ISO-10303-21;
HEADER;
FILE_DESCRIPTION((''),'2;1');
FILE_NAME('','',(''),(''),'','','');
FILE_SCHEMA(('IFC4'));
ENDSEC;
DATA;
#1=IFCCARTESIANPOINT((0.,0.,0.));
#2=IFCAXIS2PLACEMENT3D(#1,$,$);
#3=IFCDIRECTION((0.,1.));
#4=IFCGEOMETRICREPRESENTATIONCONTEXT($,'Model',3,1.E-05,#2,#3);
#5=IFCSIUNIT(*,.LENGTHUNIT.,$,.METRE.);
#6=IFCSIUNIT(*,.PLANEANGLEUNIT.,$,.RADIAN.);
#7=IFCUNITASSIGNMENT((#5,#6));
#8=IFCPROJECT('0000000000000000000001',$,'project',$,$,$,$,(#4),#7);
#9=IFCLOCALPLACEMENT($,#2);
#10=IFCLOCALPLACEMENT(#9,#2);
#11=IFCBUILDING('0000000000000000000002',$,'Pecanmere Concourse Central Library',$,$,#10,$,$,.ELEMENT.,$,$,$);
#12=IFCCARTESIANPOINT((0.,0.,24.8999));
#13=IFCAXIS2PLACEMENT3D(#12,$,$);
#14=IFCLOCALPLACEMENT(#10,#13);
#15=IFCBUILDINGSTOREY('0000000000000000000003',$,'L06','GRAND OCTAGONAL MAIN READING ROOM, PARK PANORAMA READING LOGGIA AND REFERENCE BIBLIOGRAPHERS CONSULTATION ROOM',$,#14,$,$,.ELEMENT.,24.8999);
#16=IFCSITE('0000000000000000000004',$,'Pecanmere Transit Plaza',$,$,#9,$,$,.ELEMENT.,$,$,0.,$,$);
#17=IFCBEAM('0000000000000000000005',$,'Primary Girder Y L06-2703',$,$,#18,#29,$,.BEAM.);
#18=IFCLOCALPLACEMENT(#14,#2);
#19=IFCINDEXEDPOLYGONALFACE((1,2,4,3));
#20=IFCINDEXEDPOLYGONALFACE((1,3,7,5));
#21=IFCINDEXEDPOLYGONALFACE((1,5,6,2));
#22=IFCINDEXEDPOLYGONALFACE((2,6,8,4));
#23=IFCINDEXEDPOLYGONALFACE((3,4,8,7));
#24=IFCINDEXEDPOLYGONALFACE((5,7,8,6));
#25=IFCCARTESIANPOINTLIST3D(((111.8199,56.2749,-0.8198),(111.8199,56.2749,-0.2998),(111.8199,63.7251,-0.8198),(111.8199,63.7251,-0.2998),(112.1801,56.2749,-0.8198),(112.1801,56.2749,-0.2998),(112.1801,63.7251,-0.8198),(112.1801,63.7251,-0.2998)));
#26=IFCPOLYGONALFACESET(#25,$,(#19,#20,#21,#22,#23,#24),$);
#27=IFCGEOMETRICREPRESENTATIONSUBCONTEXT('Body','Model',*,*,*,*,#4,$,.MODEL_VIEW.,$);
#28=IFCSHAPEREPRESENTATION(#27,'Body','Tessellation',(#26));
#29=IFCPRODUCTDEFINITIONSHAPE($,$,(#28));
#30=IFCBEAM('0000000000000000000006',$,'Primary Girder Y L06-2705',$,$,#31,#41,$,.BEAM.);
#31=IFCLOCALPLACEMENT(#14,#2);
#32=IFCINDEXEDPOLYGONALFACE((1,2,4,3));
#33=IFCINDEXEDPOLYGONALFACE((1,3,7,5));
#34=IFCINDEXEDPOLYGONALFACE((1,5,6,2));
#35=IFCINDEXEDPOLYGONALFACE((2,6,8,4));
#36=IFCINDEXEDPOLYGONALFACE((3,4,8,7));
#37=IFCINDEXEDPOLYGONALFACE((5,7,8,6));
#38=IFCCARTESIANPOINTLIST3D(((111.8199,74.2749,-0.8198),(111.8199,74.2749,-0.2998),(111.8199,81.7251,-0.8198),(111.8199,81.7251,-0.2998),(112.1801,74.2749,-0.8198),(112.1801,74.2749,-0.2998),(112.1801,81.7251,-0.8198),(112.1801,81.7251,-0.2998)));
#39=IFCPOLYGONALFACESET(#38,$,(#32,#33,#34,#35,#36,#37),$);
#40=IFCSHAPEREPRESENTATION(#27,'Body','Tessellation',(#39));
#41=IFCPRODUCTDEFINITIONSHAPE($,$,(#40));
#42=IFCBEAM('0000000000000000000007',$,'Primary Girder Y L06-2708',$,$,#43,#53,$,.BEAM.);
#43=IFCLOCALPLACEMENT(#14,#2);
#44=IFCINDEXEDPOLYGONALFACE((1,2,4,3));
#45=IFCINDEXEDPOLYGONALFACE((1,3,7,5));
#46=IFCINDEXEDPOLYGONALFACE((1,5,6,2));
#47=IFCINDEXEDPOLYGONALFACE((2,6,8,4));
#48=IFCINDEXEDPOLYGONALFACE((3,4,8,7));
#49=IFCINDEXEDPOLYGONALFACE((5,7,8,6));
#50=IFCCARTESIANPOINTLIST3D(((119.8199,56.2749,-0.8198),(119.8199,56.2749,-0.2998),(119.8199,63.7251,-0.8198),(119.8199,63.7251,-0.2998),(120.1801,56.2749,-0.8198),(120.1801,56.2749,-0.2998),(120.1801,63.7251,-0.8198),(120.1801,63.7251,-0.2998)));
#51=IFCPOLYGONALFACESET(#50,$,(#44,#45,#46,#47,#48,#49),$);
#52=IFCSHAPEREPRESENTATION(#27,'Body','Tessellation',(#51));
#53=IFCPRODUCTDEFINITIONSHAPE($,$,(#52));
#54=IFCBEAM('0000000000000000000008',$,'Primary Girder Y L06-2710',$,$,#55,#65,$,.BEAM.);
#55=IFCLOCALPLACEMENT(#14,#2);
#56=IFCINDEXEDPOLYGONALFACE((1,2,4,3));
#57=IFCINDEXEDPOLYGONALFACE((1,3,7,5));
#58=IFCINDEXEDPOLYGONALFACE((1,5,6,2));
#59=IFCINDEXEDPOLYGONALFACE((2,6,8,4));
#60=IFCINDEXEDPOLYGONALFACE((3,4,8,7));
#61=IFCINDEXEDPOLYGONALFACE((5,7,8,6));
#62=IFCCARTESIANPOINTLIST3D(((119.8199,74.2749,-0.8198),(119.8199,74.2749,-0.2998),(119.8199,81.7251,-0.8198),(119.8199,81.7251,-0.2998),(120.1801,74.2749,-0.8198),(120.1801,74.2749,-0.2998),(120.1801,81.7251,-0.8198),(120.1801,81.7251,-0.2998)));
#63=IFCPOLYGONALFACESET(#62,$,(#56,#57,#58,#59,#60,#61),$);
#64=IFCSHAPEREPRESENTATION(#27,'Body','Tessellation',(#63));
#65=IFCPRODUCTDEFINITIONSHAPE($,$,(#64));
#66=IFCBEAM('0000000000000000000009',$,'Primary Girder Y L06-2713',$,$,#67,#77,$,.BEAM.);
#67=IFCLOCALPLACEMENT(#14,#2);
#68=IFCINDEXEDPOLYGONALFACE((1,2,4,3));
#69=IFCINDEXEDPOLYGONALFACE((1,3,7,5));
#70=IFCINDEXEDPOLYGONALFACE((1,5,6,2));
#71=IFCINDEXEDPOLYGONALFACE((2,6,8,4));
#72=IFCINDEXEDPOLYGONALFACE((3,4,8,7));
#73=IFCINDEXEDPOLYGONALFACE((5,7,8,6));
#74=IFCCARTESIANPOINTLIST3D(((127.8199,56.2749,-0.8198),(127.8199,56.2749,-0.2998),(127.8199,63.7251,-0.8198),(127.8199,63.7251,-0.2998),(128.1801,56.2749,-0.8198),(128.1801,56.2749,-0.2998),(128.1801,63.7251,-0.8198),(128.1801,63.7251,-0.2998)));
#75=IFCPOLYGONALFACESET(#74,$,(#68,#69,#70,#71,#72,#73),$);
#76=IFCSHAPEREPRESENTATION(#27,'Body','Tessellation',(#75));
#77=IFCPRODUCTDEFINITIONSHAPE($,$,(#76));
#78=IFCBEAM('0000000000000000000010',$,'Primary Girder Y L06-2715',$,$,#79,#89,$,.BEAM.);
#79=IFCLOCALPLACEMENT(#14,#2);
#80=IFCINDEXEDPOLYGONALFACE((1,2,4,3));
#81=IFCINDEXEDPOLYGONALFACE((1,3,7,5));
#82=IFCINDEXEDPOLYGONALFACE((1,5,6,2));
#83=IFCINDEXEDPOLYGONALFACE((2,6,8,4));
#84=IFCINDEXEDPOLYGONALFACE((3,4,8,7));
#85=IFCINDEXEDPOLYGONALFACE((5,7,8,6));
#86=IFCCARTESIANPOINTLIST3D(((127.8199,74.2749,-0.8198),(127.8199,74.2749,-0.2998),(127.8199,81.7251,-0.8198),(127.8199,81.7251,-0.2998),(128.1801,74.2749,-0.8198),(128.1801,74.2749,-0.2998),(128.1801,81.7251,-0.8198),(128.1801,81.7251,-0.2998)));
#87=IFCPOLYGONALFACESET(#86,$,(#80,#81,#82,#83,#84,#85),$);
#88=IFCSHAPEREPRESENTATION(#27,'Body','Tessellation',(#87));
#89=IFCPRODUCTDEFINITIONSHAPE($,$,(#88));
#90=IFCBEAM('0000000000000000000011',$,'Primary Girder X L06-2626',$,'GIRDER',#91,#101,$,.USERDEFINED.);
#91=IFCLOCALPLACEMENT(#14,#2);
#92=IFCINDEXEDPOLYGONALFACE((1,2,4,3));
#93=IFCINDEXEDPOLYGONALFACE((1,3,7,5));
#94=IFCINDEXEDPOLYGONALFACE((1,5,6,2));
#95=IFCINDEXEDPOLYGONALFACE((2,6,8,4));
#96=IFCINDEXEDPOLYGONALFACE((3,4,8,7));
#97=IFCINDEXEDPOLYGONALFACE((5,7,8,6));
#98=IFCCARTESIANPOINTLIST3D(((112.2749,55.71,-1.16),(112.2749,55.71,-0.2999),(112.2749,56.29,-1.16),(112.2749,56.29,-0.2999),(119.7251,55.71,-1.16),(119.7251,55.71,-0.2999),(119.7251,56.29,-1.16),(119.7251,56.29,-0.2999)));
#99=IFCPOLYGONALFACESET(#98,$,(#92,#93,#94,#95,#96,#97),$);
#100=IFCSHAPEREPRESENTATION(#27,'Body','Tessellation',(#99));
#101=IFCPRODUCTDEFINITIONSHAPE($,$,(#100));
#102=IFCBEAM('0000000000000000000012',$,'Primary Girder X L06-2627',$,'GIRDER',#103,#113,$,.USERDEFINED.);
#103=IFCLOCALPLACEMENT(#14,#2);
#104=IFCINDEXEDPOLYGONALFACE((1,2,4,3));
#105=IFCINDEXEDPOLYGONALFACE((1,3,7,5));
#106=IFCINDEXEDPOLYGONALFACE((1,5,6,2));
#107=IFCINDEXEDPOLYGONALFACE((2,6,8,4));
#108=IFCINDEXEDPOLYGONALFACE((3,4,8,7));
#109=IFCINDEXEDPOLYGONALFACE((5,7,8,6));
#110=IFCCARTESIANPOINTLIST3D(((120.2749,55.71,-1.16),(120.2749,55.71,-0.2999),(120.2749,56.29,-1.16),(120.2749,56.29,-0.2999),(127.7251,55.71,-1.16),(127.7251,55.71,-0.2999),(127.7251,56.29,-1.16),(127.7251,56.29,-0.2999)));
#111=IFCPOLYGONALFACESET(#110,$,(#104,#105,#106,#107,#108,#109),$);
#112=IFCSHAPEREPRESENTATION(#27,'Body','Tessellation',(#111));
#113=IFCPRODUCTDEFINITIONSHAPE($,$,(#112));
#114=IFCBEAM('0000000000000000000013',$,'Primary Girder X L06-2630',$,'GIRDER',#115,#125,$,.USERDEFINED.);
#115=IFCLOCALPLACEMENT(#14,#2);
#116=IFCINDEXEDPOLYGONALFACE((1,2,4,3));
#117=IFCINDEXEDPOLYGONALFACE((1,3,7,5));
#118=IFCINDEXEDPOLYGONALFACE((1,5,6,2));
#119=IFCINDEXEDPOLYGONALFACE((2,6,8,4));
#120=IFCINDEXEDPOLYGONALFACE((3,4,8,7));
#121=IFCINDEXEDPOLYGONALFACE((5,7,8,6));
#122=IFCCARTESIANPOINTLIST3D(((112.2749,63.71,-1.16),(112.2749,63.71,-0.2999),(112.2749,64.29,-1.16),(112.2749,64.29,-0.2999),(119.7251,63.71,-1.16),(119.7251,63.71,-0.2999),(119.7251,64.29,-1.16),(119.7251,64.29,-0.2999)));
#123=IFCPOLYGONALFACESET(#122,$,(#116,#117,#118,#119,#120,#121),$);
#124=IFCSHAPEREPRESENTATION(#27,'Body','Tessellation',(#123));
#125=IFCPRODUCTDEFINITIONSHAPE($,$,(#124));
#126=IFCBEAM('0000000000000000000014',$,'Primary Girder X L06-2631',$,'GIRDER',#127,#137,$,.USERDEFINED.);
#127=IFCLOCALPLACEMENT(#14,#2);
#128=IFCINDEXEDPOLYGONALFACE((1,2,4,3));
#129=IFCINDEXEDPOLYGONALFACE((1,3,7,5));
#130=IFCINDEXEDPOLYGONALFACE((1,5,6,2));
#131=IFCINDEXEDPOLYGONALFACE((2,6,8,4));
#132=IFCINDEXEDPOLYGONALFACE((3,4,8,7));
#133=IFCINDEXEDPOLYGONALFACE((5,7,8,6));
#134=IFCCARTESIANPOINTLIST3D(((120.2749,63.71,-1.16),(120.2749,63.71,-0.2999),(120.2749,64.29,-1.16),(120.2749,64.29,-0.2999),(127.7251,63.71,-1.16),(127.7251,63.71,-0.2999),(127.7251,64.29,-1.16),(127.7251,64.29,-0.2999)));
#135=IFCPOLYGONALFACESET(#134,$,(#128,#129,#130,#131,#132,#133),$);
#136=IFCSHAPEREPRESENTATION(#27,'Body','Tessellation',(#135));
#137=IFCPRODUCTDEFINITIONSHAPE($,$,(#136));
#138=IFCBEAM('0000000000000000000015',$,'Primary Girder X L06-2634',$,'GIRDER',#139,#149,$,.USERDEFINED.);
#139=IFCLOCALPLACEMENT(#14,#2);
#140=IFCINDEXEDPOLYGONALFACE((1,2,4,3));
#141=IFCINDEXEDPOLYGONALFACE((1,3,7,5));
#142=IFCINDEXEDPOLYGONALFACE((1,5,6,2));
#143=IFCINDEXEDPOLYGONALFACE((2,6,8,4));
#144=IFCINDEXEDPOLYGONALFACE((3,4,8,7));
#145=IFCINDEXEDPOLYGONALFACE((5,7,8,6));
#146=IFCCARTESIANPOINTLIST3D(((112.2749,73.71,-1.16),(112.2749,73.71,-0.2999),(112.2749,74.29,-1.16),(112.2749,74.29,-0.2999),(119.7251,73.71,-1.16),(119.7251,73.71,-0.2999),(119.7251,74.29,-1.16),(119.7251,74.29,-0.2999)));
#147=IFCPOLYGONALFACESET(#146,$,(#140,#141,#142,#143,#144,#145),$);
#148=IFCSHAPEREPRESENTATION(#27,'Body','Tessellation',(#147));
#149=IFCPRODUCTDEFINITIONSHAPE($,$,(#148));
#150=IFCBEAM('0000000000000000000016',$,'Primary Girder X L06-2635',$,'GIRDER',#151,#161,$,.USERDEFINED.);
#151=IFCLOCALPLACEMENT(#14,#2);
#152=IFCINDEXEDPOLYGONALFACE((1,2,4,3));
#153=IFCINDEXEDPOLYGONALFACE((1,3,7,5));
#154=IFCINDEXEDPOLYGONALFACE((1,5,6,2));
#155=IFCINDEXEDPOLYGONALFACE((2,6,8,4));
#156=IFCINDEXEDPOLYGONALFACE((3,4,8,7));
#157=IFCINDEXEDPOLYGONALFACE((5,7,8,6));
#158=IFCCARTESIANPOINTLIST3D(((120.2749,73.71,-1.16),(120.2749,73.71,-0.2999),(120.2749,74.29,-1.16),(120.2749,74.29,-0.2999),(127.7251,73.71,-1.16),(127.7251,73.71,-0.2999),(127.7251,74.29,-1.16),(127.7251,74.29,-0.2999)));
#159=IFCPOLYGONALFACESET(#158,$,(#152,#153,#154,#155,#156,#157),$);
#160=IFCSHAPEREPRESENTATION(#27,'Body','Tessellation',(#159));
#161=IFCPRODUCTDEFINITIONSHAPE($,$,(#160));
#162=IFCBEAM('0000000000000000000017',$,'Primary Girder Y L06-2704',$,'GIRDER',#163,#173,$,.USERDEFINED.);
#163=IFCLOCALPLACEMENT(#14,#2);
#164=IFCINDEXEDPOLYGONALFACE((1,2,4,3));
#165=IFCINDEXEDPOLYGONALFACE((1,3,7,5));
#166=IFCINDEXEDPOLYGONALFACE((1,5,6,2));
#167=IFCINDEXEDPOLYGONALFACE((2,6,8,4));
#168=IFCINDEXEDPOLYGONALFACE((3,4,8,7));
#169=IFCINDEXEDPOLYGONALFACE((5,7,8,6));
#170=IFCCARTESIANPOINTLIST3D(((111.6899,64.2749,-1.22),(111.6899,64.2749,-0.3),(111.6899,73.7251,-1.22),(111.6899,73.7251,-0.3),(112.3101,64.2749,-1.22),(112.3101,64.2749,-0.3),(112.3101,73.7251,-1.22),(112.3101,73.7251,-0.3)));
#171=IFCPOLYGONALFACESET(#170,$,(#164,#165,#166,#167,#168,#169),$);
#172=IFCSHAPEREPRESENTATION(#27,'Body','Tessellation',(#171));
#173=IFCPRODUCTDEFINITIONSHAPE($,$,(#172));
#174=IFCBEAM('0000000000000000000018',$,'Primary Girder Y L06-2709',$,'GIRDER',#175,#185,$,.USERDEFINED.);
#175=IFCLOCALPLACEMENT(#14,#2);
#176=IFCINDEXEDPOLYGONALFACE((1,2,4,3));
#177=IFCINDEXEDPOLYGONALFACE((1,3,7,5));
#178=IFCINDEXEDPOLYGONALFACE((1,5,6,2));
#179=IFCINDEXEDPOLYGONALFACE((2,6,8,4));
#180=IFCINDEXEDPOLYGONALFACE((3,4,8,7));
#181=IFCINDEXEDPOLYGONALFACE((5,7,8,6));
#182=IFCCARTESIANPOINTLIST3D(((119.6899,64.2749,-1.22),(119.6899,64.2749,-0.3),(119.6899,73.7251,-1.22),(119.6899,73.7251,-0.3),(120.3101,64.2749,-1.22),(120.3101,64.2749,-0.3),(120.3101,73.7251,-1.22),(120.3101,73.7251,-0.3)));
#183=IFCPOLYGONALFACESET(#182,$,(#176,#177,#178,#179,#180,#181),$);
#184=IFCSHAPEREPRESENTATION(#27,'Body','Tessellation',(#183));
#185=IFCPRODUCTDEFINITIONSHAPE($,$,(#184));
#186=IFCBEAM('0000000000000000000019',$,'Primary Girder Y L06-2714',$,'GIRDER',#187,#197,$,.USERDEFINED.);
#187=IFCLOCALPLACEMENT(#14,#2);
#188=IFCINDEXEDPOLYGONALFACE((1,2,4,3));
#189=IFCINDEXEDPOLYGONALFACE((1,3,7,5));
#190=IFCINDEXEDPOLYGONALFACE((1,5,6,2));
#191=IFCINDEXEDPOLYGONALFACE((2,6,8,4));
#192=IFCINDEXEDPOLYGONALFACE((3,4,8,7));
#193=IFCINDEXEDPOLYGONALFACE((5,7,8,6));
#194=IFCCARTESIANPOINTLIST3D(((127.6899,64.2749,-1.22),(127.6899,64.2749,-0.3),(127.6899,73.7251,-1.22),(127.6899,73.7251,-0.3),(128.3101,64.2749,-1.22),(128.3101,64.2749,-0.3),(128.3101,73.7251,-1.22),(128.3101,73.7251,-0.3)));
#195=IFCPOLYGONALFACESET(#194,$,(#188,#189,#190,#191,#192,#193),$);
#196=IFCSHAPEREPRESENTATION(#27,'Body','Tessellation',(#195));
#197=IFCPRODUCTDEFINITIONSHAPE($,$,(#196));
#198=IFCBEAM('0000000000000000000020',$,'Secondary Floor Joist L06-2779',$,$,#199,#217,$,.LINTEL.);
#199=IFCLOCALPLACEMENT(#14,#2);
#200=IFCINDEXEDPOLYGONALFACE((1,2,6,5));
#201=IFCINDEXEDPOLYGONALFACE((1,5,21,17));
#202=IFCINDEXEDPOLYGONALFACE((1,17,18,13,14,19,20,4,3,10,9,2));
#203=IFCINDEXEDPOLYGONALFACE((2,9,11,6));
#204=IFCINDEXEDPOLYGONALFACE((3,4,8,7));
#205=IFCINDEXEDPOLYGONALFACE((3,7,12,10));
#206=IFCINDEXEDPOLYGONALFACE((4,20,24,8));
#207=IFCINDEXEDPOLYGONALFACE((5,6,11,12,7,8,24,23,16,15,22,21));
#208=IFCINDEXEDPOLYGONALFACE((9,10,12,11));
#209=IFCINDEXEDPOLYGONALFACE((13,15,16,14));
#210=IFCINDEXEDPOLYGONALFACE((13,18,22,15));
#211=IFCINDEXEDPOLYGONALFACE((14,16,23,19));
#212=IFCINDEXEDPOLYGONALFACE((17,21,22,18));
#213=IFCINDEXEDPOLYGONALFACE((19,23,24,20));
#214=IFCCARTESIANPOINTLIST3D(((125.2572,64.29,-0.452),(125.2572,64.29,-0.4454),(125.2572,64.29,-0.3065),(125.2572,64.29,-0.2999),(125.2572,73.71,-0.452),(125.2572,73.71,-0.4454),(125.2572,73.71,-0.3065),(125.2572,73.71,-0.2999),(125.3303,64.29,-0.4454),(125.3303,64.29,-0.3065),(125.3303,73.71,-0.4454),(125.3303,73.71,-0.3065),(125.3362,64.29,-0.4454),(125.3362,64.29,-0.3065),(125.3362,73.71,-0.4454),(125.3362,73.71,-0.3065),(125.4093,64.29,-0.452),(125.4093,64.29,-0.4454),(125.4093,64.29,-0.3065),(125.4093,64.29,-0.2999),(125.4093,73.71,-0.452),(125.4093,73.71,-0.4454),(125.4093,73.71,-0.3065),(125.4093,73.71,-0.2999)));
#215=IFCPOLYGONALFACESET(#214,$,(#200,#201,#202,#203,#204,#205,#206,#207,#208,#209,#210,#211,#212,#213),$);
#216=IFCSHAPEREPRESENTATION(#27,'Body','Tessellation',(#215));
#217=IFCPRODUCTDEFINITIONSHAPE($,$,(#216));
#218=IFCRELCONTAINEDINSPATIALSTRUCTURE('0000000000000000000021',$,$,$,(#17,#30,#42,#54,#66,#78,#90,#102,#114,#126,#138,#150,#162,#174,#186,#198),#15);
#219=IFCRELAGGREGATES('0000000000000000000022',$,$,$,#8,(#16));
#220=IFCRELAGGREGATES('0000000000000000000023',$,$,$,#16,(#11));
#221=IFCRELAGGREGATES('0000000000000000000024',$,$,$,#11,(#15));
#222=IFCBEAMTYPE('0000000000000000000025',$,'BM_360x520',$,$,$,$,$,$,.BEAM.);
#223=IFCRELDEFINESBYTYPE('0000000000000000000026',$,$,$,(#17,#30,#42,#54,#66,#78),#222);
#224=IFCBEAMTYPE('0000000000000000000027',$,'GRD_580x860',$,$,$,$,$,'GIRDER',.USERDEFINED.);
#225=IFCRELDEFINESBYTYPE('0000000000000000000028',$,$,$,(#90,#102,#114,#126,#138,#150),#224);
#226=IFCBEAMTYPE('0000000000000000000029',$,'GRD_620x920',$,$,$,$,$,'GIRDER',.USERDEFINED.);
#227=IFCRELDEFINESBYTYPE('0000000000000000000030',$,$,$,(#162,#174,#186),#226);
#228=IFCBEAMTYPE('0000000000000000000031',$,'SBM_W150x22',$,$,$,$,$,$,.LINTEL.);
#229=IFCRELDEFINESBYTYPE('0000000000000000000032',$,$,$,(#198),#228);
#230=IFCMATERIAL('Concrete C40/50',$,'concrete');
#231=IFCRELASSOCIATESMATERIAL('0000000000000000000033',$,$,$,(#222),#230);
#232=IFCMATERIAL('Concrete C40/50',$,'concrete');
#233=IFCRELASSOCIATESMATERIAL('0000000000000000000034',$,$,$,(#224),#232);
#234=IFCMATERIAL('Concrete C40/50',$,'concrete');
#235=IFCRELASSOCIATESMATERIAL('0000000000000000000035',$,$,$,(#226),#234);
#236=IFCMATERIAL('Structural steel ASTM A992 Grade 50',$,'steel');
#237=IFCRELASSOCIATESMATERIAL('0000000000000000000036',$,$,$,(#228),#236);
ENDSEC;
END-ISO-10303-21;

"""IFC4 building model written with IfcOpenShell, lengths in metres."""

from ifc_helpers import new_model, si_unit, direction, frame, origin, origin_2d, place, context, subcontext, project, spatial, rectangle, i_section, extrude, material, material_profile, profile_set, type_object, element, save


model = new_model("IFC4")

# Units and contexts
model_context = context("Model", 3, precision=1e-05, world=origin(), true_north=direction((0.0, 1.0)))
body_context = subcontext(model_context, "Body", "Model", "MODEL_VIEW")
ifc_project = project(units=[si_unit("LENGTHUNIT", "METRE"), si_unit("PLANEANGLEUNIT", "RADIAN")], contexts=[model_context])

# Site, building, storey
site_placement = place(None, origin())
site = spatial("IfcSite", under=ifc_project, at=site_placement, Name="Pecanmere Transit Plaza", CompositionType="ELEMENT", RefElevation=0.0)
building_placement = place(site_placement, origin())
building = spatial("IfcBuilding", under=site, at=building_placement, Name="Pecanmere Concourse Central Library", CompositionType="ELEMENT")
storey_placement = place(building_placement, frame((0.0, 0.0, 24.8999)))
storey = spatial("IfcBuildingStorey", under=building, at=storey_placement, Name="L06", Description="GRAND OCTAGONAL MAIN READING ROOM, PARK PANORAMA READING LOGGIA AND REFERENCE BIBLIOGRAPHERS CONSULTATION ROOM", CompositionType="ELEMENT", Elevation=24.8999)

# Beams
ifc_material_1 = material(Name="Concrete C40/50", Category="concrete")
ifc_material_profile_1 = material_profile(ifc_material_1, rectangle(XDim=0.3601, YDim=0.52, at=origin_2d()), Name="RC 360x520")
ifc_profile_set_1 = profile_set([ifc_material_profile_1], Name="Concrete C40/50")
beam_type_1 = type_object("IfcBeamType", Name="BM_360x520", PredefinedType="BEAM", material=ifc_profile_set_1)
for number, where, z_axis, x_axis, name in (
    (1, (112.0, 56.2749, -0.5598), (0.0, 1.0, 0.0), (-1.0, 0.0, 0.0), "Primary Girder Y L06-2703"),
    (2, (112.0, 74.2749, -0.5598), (0.0, 1.0, 0.0), (-1.0, 0.0, 0.0), "Primary Girder Y L06-2705"),
    (3, (120.0, 56.2749, -0.5598), (0.0, 1.0, 0.0), (-1.0, 0.0, 0.0), "Primary Girder Y L06-2708"),
    (4, (120.0, 74.2749, -0.5598), (0.0, 1.0, 0.0), (-1.0, 0.0, 0.0), "Primary Girder Y L06-2710"),
    (5, (128.0, 56.2749, -0.5598), (0.0, 1.0, 0.0), (-1.0, 0.0, 0.0), "Primary Girder Y L06-2713"),
    (6, (128.0, 74.2749, -0.5598), (0.0, 1.0, 0.0), (-1.0, 0.0, 0.0), "Primary Girder Y L06-2715"),
):
    element("IfcBeam", number, at=place(storey_placement, frame(where, z_axis=z_axis, x_axis=x_axis)), inside=storey, type_object=beam_type_1, Name=name, PredefinedType="BEAM", context=body_context, shape_type="SweptSolid", body=[
        extrude(rectangle(XDim=0.3601, YDim=0.52, at=origin_2d()), origin(), (0.0, 0.0, 1.0), 7.4502),
    ])
ifc_material_2 = material(Name="Concrete C40/50", Category="concrete")
ifc_material_profile_2 = material_profile(ifc_material_2, rectangle(XDim=0.5801, YDim=0.8601, at=origin_2d()), Name="RC 580x860")
ifc_profile_set_2 = profile_set([ifc_material_profile_2], Name="Concrete C40/50")
beam_type_2 = type_object("IfcBeamType", Name="GRD_580x860", ElementType="GIRDER", PredefinedType="USERDEFINED", material=ifc_profile_set_2)
for number, where, z_axis, x_axis, name in (
    (7, (112.2749, 56.0, -0.73), (1.0, 0.0, 0.0), (0.0, 1.0, 0.0), "Primary Girder X L06-2626"),
    (8, (120.2749, 56.0, -0.73), (1.0, 0.0, 0.0), (0.0, 1.0, 0.0), "Primary Girder X L06-2627"),
    (9, (112.2749, 64.0, -0.73), (1.0, 0.0, 0.0), (0.0, 1.0, 0.0), "Primary Girder X L06-2630"),
    (10, (120.2749, 64.0, -0.73), (1.0, 0.0, 0.0), (0.0, 1.0, 0.0), "Primary Girder X L06-2631"),
    (11, (112.2749, 74.0, -0.73), (1.0, 0.0, 0.0), (0.0, 1.0, 0.0), "Primary Girder X L06-2634"),
    (12, (120.2749, 74.0, -0.73), (1.0, 0.0, 0.0), (0.0, 1.0, 0.0), "Primary Girder X L06-2635"),
):
    element("IfcBeam", number, at=place(storey_placement, frame(where, z_axis=z_axis, x_axis=x_axis)), inside=storey, type_object=beam_type_2, Name=name, ObjectType="GIRDER", PredefinedType="USERDEFINED", context=body_context, shape_type="SweptSolid", body=[
        extrude(rectangle(XDim=0.5801, YDim=0.8601, at=origin_2d()), origin(), (0.0, 0.0, 1.0), 7.4502),
    ])
ifc_material_3 = material(Name="Concrete C40/50", Category="concrete")
ifc_material_profile_3 = material_profile(ifc_material_3, rectangle(XDim=0.6201, YDim=0.9199, at=origin_2d()), Name="RC 620x920")
ifc_profile_set_3 = profile_set([ifc_material_profile_3], Name="Concrete C40/50")
beam_type_3 = type_object("IfcBeamType", Name="GRD_620x920", ElementType="GIRDER", PredefinedType="USERDEFINED", material=ifc_profile_set_3)
for number, where, z_axis, x_axis, name in (
    (13, (112.0, 64.2749, -0.76), (0.0, 1.0, 0.0), (-1.0, 0.0, 0.0), "Primary Girder Y L06-2704"),
    (14, (120.0, 64.2749, -0.76), (0.0, 1.0, 0.0), (-1.0, 0.0, 0.0), "Primary Girder Y L06-2709"),
    (15, (128.0, 64.2749, -0.76), (0.0, 1.0, 0.0), (-1.0, 0.0, 0.0), "Primary Girder Y L06-2714"),
):
    element("IfcBeam", number, at=place(storey_placement, frame(where, z_axis=z_axis, x_axis=x_axis)), inside=storey, type_object=beam_type_3, Name=name, ObjectType="GIRDER", PredefinedType="USERDEFINED", context=body_context, shape_type="SweptSolid", body=[
        extrude(rectangle(XDim=0.6201, YDim=0.9199, at=origin_2d()), origin(), (0.0, 0.0, 1.0), 9.4502),
    ])
ifc_material_4 = material(Name="Structural steel ASTM A992 Grade 50", Category="steel")
ifc_material_profile_4 = material_profile(ifc_material_4, i_section(OverallWidth=0.1521, OverallDepth=0.1521, WebThickness=0.0059, FlangeThickness=0.0066, at=origin_2d()), Name="W150x22.5")
ifc_profile_set_4 = profile_set([ifc_material_profile_4], Name="Structural steel ASTM A992 Grade 50")
beam_type_4 = type_object("IfcBeamType", Name="SBM_W150x22", PredefinedType="LINTEL", material=ifc_profile_set_4)
beam_1_placement = place(storey_placement, frame((125.3333, 64.29, -0.376), z_axis=(0.0, 1.0, 0.0), x_axis=(-1.0, 0.0, 0.0)))
element("IfcBeam", 16, at=beam_1_placement, inside=storey, type_object=beam_type_4, Name="Secondary Floor Joist L06-2779", PredefinedType="LINTEL", context=body_context, shape_type="SweptSolid", body=[
    extrude(i_section(OverallWidth=0.1521, OverallDepth=0.1521, WebThickness=0.0059, FlangeThickness=0.0066, at=origin_2d()), origin(), (0.0, 0.0, 1.0), 9.4199),
])

save(model, "model.ifc")
